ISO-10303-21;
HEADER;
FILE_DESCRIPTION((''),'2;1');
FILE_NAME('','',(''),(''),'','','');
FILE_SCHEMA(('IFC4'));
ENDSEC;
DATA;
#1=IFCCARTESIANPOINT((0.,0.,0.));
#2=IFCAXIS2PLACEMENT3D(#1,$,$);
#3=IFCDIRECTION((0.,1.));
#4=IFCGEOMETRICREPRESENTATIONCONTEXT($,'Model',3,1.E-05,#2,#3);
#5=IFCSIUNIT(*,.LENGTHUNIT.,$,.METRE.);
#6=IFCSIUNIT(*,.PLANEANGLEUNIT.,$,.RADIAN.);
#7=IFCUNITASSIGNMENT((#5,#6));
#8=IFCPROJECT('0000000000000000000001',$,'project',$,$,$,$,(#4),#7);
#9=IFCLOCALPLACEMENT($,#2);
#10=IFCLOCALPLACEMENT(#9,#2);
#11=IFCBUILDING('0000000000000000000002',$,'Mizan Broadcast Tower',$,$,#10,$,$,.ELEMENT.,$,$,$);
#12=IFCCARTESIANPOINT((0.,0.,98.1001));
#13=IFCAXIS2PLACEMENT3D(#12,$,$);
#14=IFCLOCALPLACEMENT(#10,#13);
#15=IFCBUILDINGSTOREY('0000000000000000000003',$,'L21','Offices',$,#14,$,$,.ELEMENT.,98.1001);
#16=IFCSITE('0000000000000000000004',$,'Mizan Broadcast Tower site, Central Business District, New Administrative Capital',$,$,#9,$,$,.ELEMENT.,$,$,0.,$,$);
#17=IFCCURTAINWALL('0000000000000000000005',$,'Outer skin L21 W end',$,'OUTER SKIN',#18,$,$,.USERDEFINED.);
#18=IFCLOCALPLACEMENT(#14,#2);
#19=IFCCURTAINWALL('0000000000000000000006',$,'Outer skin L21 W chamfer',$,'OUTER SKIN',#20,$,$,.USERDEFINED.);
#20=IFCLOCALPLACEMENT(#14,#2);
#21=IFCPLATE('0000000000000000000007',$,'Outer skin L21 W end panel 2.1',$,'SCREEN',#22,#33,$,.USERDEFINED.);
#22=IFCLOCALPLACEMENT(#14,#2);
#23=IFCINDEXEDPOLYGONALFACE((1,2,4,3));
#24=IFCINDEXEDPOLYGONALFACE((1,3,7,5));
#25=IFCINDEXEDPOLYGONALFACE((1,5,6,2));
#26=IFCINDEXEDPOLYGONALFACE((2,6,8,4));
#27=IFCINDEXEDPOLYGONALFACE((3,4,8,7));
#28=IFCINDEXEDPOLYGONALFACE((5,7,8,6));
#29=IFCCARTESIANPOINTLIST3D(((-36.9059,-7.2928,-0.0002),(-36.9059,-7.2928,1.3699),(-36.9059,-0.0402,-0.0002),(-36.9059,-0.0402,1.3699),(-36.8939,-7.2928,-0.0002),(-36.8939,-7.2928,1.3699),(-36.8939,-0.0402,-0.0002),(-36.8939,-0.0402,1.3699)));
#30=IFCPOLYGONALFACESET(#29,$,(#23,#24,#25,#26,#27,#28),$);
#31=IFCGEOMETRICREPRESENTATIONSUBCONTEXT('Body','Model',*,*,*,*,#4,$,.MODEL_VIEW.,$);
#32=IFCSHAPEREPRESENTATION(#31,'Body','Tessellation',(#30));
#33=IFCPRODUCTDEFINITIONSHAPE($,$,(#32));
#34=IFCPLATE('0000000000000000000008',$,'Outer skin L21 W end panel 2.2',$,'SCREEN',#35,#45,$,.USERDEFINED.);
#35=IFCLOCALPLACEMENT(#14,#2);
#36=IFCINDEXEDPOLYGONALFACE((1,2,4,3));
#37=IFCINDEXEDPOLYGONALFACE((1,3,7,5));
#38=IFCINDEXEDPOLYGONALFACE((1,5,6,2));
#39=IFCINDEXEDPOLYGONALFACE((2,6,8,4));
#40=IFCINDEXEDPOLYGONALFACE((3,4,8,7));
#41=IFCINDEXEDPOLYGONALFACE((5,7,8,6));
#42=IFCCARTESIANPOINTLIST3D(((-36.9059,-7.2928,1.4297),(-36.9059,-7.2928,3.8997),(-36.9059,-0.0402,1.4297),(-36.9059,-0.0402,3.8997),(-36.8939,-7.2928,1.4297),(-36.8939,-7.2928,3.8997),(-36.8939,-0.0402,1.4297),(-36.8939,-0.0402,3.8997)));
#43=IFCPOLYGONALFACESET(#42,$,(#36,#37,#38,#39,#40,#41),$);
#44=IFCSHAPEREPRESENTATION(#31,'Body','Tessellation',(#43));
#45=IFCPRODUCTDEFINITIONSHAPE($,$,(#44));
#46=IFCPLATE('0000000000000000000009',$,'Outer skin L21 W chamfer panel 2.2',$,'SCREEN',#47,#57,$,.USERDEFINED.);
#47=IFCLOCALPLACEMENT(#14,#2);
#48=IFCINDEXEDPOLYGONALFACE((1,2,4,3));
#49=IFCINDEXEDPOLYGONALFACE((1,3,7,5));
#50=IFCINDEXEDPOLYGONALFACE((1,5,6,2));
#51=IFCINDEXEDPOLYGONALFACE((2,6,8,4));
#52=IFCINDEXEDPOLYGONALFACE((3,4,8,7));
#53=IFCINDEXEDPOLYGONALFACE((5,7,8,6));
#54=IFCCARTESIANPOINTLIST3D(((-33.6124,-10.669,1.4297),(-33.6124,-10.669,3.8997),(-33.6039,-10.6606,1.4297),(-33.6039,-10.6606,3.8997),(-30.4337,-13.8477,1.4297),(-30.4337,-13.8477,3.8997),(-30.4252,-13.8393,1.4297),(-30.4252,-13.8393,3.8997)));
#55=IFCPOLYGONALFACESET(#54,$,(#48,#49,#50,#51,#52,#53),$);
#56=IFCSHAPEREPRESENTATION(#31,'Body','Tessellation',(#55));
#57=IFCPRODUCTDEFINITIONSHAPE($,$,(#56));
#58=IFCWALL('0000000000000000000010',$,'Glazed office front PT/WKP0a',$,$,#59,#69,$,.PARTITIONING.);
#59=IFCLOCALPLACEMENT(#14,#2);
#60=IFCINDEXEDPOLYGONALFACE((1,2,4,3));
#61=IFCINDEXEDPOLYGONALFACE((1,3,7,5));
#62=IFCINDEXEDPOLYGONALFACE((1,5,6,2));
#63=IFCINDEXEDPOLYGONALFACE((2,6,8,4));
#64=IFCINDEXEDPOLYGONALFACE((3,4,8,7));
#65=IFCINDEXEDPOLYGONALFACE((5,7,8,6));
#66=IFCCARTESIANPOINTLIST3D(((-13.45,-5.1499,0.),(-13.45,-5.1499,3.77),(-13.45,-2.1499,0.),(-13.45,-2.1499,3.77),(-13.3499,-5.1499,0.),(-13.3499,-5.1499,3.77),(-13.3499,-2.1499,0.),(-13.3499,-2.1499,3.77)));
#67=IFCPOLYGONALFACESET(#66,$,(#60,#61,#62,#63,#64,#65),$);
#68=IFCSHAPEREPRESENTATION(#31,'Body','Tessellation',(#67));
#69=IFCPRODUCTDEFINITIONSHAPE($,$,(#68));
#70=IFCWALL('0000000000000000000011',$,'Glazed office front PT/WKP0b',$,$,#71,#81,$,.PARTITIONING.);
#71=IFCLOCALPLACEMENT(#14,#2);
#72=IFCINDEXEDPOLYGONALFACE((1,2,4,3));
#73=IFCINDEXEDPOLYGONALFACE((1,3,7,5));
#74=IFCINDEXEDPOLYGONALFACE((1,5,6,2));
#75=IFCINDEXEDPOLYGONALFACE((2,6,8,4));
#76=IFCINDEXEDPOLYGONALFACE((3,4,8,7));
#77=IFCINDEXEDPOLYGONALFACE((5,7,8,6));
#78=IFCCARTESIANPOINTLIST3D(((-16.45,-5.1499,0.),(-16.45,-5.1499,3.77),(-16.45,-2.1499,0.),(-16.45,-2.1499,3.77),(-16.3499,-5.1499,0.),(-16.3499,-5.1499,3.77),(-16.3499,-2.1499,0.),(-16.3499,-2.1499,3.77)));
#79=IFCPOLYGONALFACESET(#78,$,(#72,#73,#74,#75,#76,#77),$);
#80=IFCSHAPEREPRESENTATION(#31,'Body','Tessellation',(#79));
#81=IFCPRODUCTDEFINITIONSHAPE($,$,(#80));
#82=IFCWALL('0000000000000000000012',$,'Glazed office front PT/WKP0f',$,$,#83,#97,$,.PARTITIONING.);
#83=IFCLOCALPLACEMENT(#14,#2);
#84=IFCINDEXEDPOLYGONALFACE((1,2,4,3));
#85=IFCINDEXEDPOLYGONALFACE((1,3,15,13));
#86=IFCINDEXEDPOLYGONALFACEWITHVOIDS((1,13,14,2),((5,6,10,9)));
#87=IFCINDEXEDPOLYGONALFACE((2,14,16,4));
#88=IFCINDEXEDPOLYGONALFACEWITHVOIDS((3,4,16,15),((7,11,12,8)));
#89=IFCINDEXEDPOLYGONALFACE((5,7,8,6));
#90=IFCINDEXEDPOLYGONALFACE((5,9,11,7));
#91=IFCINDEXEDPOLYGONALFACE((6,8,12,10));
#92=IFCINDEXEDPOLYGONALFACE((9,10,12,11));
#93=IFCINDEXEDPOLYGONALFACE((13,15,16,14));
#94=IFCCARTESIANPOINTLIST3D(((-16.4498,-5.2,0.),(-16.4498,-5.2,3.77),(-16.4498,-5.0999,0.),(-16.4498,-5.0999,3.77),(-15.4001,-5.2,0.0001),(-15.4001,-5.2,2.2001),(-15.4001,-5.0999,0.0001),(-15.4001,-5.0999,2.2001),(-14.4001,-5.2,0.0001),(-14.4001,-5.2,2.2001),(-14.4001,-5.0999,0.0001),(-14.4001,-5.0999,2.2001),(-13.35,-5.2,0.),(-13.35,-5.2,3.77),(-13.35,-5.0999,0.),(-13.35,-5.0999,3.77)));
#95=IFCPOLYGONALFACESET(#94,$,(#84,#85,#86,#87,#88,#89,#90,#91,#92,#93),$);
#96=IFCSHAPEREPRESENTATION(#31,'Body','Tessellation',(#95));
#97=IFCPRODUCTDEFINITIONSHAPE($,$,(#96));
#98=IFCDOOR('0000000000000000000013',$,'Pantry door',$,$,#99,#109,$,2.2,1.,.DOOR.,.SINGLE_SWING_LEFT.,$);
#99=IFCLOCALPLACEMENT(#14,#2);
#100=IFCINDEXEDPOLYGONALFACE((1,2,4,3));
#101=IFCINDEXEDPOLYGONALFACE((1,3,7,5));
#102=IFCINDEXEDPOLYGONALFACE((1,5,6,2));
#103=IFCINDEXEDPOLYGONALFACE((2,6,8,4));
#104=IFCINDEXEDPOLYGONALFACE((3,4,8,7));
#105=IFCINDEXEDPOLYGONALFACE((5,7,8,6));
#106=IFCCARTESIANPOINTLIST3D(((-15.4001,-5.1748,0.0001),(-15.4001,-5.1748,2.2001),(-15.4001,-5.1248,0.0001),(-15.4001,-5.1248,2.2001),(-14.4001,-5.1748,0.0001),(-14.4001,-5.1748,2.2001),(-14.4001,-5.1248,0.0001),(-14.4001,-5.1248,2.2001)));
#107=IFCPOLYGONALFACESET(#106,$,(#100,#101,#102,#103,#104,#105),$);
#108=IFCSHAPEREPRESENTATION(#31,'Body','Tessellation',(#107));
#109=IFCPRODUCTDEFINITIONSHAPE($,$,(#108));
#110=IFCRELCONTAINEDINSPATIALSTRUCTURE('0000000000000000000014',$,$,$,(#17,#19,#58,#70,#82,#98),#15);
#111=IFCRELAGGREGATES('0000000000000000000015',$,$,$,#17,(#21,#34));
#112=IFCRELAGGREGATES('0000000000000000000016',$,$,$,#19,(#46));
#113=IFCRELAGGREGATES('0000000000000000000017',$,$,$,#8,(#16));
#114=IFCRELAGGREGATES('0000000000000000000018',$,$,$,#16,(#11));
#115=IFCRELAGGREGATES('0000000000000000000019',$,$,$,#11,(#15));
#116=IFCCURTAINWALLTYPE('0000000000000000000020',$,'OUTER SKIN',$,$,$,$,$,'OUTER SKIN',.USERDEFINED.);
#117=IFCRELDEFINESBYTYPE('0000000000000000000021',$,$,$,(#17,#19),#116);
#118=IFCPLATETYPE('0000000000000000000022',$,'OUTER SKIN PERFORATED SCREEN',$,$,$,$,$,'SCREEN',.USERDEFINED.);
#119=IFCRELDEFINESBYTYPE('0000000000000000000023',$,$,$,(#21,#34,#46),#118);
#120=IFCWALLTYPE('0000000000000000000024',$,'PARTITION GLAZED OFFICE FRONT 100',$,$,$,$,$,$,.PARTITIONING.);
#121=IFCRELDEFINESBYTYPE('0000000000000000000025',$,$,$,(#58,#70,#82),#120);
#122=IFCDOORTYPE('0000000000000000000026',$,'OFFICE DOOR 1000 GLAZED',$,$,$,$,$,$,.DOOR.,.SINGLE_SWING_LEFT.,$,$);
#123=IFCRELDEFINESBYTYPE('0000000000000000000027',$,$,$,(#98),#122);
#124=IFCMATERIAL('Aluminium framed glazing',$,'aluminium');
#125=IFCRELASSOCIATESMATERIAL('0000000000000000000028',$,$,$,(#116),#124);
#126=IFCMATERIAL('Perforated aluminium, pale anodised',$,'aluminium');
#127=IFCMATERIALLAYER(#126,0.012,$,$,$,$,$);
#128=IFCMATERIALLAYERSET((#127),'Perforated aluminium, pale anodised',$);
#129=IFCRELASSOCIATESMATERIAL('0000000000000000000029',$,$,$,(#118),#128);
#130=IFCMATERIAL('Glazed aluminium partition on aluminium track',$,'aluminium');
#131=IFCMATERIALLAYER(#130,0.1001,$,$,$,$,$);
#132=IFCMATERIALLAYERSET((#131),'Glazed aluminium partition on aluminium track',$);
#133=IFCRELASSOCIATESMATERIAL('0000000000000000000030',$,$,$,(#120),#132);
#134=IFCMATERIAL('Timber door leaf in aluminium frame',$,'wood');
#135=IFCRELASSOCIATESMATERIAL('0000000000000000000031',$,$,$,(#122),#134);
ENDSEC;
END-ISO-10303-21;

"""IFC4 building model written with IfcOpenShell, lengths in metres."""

from ifc_helpers import new_model, si_unit, direction, frame, frame_2d, origin, origin_2d, place, context, subcontext, project, spatial, rectangle, extrude, material, layer, layer_set, type_object, element, fill, aggregate, save


model = new_model("IFC4")

# Units and contexts
model_context = context("Model", 3, precision=1e-05, world=origin(), true_north=direction((0.0, 1.0)))
body_context = subcontext(model_context, "Body", "Model", "MODEL_VIEW")
ifc_project = project(units=[si_unit("LENGTHUNIT", "METRE"), si_unit("PLANEANGLEUNIT", "RADIAN")], contexts=[model_context])

# Site, building, storey
site_placement = place(None, origin())
site = spatial("IfcSite", under=ifc_project, at=site_placement, Name="Mizan Broadcast Tower site, Central Business District, New Administrative Capital", CompositionType="ELEMENT", RefElevation=0.0)
building_placement = place(site_placement, origin())
building = spatial("IfcBuilding", under=site, at=building_placement, Name="Mizan Broadcast Tower", CompositionType="ELEMENT")
storey_placement = place(building_placement, frame((0.0, 0.0, 98.1001)))
storey = spatial("IfcBuildingStorey", under=building, at=storey_placement, Name="L21", Description="Offices", CompositionType="ELEMENT", Elevation=98.1001)

# Curtain wall
ifc_material_1 = material(Name="Aluminium framed glazing", Category="aluminium")
curtain_wall_type_1 = type_object("IfcCurtainWallType", Name="OUTER SKIN", ElementType="OUTER SKIN", PredefinedType="USERDEFINED", material=ifc_material_1)
curtain_wall_1_placement = place(storey_placement, origin())
curtain_wall_1 = element("IfcCurtainWall", 1, at=curtain_wall_1_placement, inside=storey, type_object=curtain_wall_type_1, Name="Outer skin L21 W end", ObjectType="OUTER SKIN", PredefinedType="USERDEFINED")

# Curtain wall
curtain_wall_2_placement = place(storey_placement, origin())
curtain_wall_2 = element("IfcCurtainWall", 2, at=curtain_wall_2_placement, inside=storey, type_object=curtain_wall_type_1, Name="Outer skin L21 W chamfer", ObjectType="OUTER SKIN", PredefinedType="USERDEFINED")

# Plates
ifc_material_2 = material(Name="Perforated aluminium, pale anodised", Category="aluminium")
ifc_layer_1 = layer(ifc_material_2, 0.012)
ifc_layer_set_1 = layer_set([ifc_layer_1], Name="Perforated aluminium, pale anodised")
plate_type_1 = type_object("IfcPlateType", Name="OUTER SKIN PERFORATED SCREEN", ElementType="SCREEN", PredefinedType="USERDEFINED", material=ifc_layer_set_1)
plate_1_placement = place(storey_placement, frame((-36.8999, -3.6665, -0.0002), z_axis=(0.0, 0.0, 1.0), x_axis=(0.0, -1.0, 0.0)))
plate_1 = element("IfcPlate", 3, at=plate_1_placement, type_object=plate_type_1, Name="Outer skin L21 W end panel 2.1", ObjectType="SCREEN", PredefinedType="USERDEFINED", context=body_context, shape_type="SweptSolid", body=[
    extrude(rectangle(XDim=7.2527, YDim=0.012, at=origin_2d()), origin(), (0.0, 0.0, 1.0), 1.3701),
])
plate_2_placement = place(storey_placement, frame((-36.8999, -3.6665, 1.4297), z_axis=(0.0, 0.0, 1.0), x_axis=(0.0, -1.0, 0.0)))
plate_2 = element("IfcPlate", 4, at=plate_2_placement, type_object=plate_type_1, Name="Outer skin L21 W end panel 2.2", ObjectType="SCREEN", PredefinedType="USERDEFINED", context=body_context, shape_type="SweptSolid", body=[
    extrude(rectangle(XDim=7.2527, YDim=0.012, at=origin_2d()), origin(), (0.0, 0.0, 1.0), 2.47),
])
aggregate(curtain_wall_1, [plate_1, plate_2])
plate_3_placement = place(storey_placement, frame((-32.0188, -12.2542, 1.4297), z_axis=(0.0, 0.0, 1.0), x_axis=(0.707107, -0.707107, 0.0)))
plate_3 = element("IfcPlate", 5, at=plate_3_placement, type_object=plate_type_1, Name="Outer skin L21 W chamfer panel 2.2", ObjectType="SCREEN", PredefinedType="USERDEFINED", context=body_context, shape_type="SweptSolid", body=[
    extrude(rectangle(XDim=4.4954, YDim=0.012, at=origin_2d()), origin(), (0.0, 0.0, 1.0), 2.47),
])
aggregate(curtain_wall_2, [plate_3])

# Walls
ifc_material_3 = material(Name="Glazed aluminium partition on aluminium track", Category="aluminium")
ifc_layer_2 = layer(ifc_material_3, 0.1001)
ifc_layer_set_2 = layer_set([ifc_layer_2], Name="Glazed aluminium partition on aluminium track")
wall_type = type_object("IfcWallType", Name="PARTITION GLAZED OFFICE FRONT 100", PredefinedType="PARTITIONING", material=ifc_layer_set_2)
for number, where, z_axis, x_axis, name in (
    (6, (-13.3999, -2.1499, 0.0), (0.0, 0.0, 1.0), (0.0, -1.0, 0.0), "Glazed office front PT/WKP0a"),
    (7, (-16.3999, -2.1499, 0.0), (0.0, 0.0, 1.0), (0.0, -1.0, 0.0), "Glazed office front PT/WKP0b"),
):
    element("IfcWall", number, at=place(storey_placement, frame(where, z_axis=z_axis, x_axis=x_axis)), inside=storey, type_object=wall_type, Name=name, PredefinedType="PARTITIONING", context=body_context, shape_type="SweptSolid", body=[
        extrude(rectangle(XDim=3.0, YDim=0.1001, at=frame_2d((1.5, 0.0))), origin(), (0.0, 0.0, 1.0), 3.77),
    ])

# Wall, opening, door
wall_placement = place(storey_placement, frame((-13.3501, -5.1499, 0.0), z_axis=(0.0, 0.0, 1.0), x_axis=(-1.0, 0.0, 0.0)))
wall = element("IfcWall", 8, at=wall_placement, inside=storey, type_object=wall_type, Name="Glazed office front PT/WKP0f", PredefinedType="PARTITIONING", context=body_context, shape_type="SweptSolid", body=[
    extrude(rectangle(XDim=3.0999, YDim=0.1001, at=frame_2d((1.5498, 0.0))), origin(), (0.0, 0.0, 1.0), 3.77),
])
opening_placement = place(wall_placement, frame((1.05, 0.0, 0.0)))
opening = element("IfcOpeningElement", 9, at=opening_placement, cuts=wall, PredefinedType="OPENING", context=body_context, shape_type="SweptSolid", body=[
    extrude(rectangle(XDim=1.0, YDim=2.2, at=frame_2d((0.5, 1.1001))), frame((0.0, 0.0601, 0.0), z_axis=(0.0, -1.0, 0.0), x_axis=(1.0, 0.0, 0.0)), (0.0, 0.0, 1.0), 0.1201),
])
ifc_material_4 = material(Name="Timber door leaf in aluminium frame", Category="wood")
door_type = type_object("IfcDoorType", Name="OFFICE DOOR 1000 GLAZED", OperationType="SINGLE_SWING_LEFT", PredefinedType="DOOR", material=ifc_material_4)
door_placement = place(opening_placement, origin())
door = element("IfcDoor", 10, at=door_placement, inside=storey, type_object=door_type, Name="Pantry door", OperationType="SINGLE_SWING_LEFT", OverallHeight=2.2, OverallWidth=1.0, PredefinedType="DOOR", context=body_context, shape_type="SweptSolid", body=[
    extrude(rectangle(XDim=1.0, YDim=2.2, at=frame_2d((0.5, 1.1001))), frame((0.0, 0.0249, 0.0), z_axis=(0.0, -1.0, 0.0), x_axis=(1.0, 0.0, 0.0)), (0.0, 0.0, 1.0), 0.05),
])
fill(opening, door)

save(model, "model.ifc")
